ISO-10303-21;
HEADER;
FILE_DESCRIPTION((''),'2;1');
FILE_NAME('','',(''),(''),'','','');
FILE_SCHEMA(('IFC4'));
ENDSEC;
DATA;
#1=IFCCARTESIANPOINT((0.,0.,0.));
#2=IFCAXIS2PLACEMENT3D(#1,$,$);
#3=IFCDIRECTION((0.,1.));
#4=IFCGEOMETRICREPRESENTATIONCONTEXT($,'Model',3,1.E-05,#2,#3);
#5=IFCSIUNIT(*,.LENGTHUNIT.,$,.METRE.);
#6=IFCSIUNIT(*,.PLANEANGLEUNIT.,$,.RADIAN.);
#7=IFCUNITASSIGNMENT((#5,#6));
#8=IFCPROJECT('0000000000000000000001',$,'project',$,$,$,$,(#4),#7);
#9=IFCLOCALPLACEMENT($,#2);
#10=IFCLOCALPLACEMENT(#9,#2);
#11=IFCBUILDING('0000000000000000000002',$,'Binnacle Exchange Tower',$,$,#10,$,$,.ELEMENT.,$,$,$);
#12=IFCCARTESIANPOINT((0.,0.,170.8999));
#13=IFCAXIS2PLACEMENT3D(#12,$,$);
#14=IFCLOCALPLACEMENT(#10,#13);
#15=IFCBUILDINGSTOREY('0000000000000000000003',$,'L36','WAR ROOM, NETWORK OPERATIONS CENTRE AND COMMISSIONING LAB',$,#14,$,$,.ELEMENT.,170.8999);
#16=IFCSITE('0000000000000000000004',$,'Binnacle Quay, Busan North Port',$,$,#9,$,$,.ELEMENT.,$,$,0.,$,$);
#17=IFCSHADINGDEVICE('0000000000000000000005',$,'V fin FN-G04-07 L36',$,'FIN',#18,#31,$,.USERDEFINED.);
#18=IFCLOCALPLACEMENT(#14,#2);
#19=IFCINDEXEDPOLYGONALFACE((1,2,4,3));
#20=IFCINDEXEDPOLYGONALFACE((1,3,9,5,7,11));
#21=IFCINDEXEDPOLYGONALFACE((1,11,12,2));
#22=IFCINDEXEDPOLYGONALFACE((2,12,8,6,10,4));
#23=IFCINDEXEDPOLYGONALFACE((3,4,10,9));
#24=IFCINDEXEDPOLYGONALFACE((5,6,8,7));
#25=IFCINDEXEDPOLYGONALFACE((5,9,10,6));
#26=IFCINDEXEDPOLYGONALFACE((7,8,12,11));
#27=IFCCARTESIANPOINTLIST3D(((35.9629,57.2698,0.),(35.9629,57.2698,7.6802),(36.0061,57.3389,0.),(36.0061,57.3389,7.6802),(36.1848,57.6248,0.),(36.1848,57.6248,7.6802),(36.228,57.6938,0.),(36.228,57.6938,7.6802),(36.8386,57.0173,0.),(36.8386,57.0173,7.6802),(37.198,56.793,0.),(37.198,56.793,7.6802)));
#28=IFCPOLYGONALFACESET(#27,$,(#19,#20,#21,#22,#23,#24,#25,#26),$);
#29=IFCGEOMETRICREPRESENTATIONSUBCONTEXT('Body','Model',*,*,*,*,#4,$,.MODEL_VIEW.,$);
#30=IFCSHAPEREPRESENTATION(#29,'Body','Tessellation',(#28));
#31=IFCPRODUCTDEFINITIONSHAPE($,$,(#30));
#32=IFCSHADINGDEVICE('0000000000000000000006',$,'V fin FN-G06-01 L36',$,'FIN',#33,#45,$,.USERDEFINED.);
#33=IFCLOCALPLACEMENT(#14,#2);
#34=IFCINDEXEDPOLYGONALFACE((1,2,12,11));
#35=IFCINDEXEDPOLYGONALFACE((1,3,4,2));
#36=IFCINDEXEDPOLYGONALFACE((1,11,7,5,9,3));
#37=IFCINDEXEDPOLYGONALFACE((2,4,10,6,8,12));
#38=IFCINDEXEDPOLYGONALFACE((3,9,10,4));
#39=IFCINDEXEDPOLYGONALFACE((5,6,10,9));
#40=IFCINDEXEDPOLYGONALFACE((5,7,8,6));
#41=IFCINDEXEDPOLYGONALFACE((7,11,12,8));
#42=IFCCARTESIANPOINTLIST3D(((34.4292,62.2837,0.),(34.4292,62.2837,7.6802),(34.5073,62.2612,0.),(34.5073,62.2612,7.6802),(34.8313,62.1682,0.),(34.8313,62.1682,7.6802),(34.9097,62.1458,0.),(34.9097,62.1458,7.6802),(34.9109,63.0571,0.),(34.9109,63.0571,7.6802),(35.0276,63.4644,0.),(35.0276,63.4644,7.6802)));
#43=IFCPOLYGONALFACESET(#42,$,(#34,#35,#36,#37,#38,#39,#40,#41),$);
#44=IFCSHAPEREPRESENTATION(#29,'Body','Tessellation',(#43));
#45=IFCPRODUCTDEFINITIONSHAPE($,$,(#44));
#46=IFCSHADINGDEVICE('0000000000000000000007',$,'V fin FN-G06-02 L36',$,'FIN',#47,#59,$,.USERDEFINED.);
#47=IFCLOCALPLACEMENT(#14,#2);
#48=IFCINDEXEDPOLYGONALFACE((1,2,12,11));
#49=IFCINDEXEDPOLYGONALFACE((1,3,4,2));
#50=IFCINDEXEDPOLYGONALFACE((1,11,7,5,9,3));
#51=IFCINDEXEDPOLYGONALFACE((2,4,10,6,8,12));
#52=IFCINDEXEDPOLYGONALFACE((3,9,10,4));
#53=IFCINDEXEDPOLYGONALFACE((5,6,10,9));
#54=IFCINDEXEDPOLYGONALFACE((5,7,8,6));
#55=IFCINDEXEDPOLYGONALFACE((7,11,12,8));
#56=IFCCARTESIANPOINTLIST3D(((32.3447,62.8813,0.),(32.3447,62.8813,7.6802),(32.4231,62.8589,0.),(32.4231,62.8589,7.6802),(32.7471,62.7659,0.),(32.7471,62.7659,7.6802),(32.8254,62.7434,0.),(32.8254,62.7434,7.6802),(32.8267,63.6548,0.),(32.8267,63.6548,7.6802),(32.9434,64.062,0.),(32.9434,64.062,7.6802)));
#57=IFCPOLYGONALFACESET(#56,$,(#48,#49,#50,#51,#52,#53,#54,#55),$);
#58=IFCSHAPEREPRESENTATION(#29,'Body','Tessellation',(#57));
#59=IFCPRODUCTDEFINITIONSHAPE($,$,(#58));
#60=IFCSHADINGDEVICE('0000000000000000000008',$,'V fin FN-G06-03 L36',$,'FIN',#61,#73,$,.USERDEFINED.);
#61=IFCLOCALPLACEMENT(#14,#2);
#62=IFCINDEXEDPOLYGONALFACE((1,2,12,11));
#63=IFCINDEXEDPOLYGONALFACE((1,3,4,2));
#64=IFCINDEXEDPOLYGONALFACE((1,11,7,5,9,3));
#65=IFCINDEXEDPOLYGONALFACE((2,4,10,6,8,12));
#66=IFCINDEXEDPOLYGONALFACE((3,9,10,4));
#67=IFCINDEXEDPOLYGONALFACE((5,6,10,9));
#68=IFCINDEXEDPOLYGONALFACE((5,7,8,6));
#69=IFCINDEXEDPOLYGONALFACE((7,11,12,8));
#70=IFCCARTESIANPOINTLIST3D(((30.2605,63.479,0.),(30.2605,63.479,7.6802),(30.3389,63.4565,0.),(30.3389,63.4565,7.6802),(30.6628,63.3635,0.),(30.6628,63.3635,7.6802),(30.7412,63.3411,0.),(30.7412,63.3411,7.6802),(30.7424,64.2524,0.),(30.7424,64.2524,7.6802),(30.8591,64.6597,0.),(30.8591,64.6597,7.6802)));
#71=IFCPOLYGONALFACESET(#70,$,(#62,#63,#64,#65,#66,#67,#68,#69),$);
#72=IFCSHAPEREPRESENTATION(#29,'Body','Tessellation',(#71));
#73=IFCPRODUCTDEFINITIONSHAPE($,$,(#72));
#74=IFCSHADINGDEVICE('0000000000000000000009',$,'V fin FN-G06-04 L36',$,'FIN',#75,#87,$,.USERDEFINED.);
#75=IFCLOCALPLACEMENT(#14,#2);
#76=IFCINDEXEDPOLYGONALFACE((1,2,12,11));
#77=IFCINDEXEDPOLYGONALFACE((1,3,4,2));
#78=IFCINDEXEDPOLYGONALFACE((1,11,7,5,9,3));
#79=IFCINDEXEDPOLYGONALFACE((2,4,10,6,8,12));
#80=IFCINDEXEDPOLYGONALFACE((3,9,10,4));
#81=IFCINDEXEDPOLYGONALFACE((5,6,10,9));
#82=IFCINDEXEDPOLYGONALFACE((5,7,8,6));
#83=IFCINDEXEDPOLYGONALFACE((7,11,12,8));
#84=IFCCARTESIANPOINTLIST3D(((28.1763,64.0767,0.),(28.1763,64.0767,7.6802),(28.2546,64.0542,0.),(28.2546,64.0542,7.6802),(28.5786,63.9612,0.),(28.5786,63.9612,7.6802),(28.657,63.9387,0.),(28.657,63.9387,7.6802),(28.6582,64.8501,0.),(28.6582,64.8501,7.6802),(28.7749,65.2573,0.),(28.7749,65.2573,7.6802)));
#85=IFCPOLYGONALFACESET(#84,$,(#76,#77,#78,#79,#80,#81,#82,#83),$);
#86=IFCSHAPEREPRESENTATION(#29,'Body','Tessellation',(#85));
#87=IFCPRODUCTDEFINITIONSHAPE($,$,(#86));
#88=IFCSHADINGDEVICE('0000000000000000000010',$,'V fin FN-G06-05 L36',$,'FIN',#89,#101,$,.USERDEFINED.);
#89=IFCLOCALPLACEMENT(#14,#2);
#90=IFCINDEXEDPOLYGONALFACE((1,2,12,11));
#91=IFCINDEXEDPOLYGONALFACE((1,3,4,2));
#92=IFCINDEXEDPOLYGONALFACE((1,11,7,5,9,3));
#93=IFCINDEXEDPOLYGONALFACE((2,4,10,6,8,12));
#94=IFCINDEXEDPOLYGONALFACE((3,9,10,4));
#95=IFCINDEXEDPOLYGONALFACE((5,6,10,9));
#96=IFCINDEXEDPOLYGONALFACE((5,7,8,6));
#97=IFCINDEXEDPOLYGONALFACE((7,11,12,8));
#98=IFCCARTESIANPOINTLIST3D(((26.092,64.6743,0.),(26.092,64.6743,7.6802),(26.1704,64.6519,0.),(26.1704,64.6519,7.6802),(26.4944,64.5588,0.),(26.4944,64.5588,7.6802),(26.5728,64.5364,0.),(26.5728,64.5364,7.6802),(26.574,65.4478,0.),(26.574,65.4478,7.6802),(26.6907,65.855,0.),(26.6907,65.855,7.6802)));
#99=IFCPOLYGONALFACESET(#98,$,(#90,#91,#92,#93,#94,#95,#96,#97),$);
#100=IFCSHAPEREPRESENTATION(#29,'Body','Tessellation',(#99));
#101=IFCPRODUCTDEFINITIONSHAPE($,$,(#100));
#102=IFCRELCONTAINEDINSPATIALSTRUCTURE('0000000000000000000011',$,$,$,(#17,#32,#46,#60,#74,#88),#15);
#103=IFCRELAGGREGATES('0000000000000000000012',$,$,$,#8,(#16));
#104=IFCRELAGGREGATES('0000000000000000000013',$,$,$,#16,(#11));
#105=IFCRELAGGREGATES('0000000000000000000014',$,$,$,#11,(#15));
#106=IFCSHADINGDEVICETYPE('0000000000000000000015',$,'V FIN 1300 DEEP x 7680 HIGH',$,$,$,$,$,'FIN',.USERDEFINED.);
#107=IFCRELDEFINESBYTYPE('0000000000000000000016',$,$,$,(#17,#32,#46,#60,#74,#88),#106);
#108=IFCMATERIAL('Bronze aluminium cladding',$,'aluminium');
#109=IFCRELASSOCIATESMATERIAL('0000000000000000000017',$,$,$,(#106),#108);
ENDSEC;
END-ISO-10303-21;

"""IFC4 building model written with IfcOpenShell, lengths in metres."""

from ifc_helpers import new_model, si_unit, direction, frame, origin, place, context, subcontext, project, spatial, polyline, outline, extrude, material, type_object, element, save


model = new_model("IFC4")

# Units and contexts
model_context = context("Model", 3, precision=1e-05, world=origin(), true_north=direction((0.0, 1.0)))
body_context = subcontext(model_context, "Body", "Model", "MODEL_VIEW")
ifc_project = project(units=[si_unit("LENGTHUNIT", "METRE"), si_unit("PLANEANGLEUNIT", "RADIAN")], contexts=[model_context])

# Site, building, storey
site_placement = place(None, origin())
site = spatial("IfcSite", under=ifc_project, at=site_placement, Name="Binnacle Quay, Busan North Port", CompositionType="ELEMENT", RefElevation=0.0)
building_placement = place(site_placement, origin())
building = spatial("IfcBuilding", under=site, at=building_placement, Name="Binnacle Exchange Tower", CompositionType="ELEMENT")
storey_placement = place(building_placement, frame((0.0, 0.0, 170.8999)))
storey = spatial("IfcBuildingStorey", under=building, at=storey_placement, Name="L36", Description="WAR ROOM, NETWORK OPERATIONS CENTRE AND COMMISSIONING LAB", CompositionType="ELEMENT", Elevation=170.8999)

# Shading devices
ifc_material_1 = material(Name="Bronze aluminium cladding", Category="aluminium")
shading_device_type_1 = type_object("IfcShadingDeviceType", Name="V FIN 1300 DEEP x 7680 HIGH", ElementType="FIN", PredefinedType="USERDEFINED", material=ifc_material_1)
shading_device_1_placement = place(storey_placement, origin())
element("IfcShadingDevice", 1, at=shading_device_1_placement, inside=storey, type_object=shading_device_type_1, Name="V fin FN-G04-07 L36", ObjectType="FIN", PredefinedType="USERDEFINED", context=body_context, shape_type="SweptSolid", body=[
    extrude(outline(polyline([(35.9629, 57.2698), (37.198, 56.793), (36.228, 57.6938), (36.1848, 57.6248), (36.8386, 57.0173), (36.0061, 57.3389), (35.9629, 57.2698)])), origin(), (0.0, 0.0, 1.0), 7.6802),
])
shading_device_2_placement = place(storey_placement, origin())
element("IfcShadingDevice", 2, at=shading_device_2_placement, inside=storey, type_object=shading_device_type_1, Name="V fin FN-G06-01 L36", ObjectType="FIN", PredefinedType="USERDEFINED", context=body_context, shape_type="SweptSolid", body=[
    extrude(outline(polyline([(34.9097, 62.1458), (35.0276, 63.4644), (34.4292, 62.2837), (34.5073, 62.2612), (34.9109, 63.0571), (34.8313, 62.1682), (34.9097, 62.1458)])), origin(), (0.0, 0.0, 1.0), 7.6802),
])
shading_device_3_placement = place(storey_placement, origin())
element("IfcShadingDevice", 3, at=shading_device_3_placement, inside=storey, type_object=shading_device_type_1, Name="V fin FN-G06-02 L36", ObjectType="FIN", PredefinedType="USERDEFINED", context=body_context, shape_type="SweptSolid", body=[
    extrude(outline(polyline([(32.8254, 62.7434), (32.9434, 64.062), (32.3447, 62.8813), (32.4231, 62.8589), (32.8267, 63.6548), (32.7471, 62.7659), (32.8254, 62.7434)])), origin(), (0.0, 0.0, 1.0), 7.6802),
])
shading_device_4_placement = place(storey_placement, origin())
element("IfcShadingDevice", 4, at=shading_device_4_placement, inside=storey, type_object=shading_device_type_1, Name="V fin FN-G06-03 L36", ObjectType="FIN", PredefinedType="USERDEFINED", context=body_context, shape_type="SweptSolid", body=[
    extrude(outline(polyline([(30.7412, 63.3411), (30.8591, 64.6597), (30.2605, 63.479), (30.3389, 63.4565), (30.7424, 64.2524), (30.6628, 63.3635), (30.7412, 63.3411)])), origin(), (0.0, 0.0, 1.0), 7.6802),
])
shading_device_5_placement = place(storey_placement, origin())
element("IfcShadingDevice", 5, at=shading_device_5_placement, inside=storey, type_object=shading_device_type_1, Name="V fin FN-G06-04 L36", ObjectType="FIN", PredefinedType="USERDEFINED", context=body_context, shape_type="SweptSolid", body=[
    extrude(outline(polyline([(28.657, 63.9387), (28.7749, 65.2573), (28.1763, 64.0767), (28.2546, 64.0542), (28.6582, 64.8501), (28.5786, 63.9612), (28.657, 63.9387)])), origin(), (0.0, 0.0, 1.0), 7.6802),
])
shading_device_6_placement = place(storey_placement, origin())
element("IfcShadingDevice", 6, at=shading_device_6_placement, inside=storey, type_object=shading_device_type_1, Name="V fin FN-G06-05 L36", ObjectType="FIN", PredefinedType="USERDEFINED", context=body_context, shape_type="SweptSolid", body=[
    extrude(outline(polyline([(26.5728, 64.5364), (26.6907, 65.855), (26.092, 64.6743), (26.1704, 64.6519), (26.574, 65.4478), (26.4944, 64.5588), (26.5728, 64.5364)])), origin(), (0.0, 0.0, 1.0), 7.6802),
])

save(model, "model.ifc")
